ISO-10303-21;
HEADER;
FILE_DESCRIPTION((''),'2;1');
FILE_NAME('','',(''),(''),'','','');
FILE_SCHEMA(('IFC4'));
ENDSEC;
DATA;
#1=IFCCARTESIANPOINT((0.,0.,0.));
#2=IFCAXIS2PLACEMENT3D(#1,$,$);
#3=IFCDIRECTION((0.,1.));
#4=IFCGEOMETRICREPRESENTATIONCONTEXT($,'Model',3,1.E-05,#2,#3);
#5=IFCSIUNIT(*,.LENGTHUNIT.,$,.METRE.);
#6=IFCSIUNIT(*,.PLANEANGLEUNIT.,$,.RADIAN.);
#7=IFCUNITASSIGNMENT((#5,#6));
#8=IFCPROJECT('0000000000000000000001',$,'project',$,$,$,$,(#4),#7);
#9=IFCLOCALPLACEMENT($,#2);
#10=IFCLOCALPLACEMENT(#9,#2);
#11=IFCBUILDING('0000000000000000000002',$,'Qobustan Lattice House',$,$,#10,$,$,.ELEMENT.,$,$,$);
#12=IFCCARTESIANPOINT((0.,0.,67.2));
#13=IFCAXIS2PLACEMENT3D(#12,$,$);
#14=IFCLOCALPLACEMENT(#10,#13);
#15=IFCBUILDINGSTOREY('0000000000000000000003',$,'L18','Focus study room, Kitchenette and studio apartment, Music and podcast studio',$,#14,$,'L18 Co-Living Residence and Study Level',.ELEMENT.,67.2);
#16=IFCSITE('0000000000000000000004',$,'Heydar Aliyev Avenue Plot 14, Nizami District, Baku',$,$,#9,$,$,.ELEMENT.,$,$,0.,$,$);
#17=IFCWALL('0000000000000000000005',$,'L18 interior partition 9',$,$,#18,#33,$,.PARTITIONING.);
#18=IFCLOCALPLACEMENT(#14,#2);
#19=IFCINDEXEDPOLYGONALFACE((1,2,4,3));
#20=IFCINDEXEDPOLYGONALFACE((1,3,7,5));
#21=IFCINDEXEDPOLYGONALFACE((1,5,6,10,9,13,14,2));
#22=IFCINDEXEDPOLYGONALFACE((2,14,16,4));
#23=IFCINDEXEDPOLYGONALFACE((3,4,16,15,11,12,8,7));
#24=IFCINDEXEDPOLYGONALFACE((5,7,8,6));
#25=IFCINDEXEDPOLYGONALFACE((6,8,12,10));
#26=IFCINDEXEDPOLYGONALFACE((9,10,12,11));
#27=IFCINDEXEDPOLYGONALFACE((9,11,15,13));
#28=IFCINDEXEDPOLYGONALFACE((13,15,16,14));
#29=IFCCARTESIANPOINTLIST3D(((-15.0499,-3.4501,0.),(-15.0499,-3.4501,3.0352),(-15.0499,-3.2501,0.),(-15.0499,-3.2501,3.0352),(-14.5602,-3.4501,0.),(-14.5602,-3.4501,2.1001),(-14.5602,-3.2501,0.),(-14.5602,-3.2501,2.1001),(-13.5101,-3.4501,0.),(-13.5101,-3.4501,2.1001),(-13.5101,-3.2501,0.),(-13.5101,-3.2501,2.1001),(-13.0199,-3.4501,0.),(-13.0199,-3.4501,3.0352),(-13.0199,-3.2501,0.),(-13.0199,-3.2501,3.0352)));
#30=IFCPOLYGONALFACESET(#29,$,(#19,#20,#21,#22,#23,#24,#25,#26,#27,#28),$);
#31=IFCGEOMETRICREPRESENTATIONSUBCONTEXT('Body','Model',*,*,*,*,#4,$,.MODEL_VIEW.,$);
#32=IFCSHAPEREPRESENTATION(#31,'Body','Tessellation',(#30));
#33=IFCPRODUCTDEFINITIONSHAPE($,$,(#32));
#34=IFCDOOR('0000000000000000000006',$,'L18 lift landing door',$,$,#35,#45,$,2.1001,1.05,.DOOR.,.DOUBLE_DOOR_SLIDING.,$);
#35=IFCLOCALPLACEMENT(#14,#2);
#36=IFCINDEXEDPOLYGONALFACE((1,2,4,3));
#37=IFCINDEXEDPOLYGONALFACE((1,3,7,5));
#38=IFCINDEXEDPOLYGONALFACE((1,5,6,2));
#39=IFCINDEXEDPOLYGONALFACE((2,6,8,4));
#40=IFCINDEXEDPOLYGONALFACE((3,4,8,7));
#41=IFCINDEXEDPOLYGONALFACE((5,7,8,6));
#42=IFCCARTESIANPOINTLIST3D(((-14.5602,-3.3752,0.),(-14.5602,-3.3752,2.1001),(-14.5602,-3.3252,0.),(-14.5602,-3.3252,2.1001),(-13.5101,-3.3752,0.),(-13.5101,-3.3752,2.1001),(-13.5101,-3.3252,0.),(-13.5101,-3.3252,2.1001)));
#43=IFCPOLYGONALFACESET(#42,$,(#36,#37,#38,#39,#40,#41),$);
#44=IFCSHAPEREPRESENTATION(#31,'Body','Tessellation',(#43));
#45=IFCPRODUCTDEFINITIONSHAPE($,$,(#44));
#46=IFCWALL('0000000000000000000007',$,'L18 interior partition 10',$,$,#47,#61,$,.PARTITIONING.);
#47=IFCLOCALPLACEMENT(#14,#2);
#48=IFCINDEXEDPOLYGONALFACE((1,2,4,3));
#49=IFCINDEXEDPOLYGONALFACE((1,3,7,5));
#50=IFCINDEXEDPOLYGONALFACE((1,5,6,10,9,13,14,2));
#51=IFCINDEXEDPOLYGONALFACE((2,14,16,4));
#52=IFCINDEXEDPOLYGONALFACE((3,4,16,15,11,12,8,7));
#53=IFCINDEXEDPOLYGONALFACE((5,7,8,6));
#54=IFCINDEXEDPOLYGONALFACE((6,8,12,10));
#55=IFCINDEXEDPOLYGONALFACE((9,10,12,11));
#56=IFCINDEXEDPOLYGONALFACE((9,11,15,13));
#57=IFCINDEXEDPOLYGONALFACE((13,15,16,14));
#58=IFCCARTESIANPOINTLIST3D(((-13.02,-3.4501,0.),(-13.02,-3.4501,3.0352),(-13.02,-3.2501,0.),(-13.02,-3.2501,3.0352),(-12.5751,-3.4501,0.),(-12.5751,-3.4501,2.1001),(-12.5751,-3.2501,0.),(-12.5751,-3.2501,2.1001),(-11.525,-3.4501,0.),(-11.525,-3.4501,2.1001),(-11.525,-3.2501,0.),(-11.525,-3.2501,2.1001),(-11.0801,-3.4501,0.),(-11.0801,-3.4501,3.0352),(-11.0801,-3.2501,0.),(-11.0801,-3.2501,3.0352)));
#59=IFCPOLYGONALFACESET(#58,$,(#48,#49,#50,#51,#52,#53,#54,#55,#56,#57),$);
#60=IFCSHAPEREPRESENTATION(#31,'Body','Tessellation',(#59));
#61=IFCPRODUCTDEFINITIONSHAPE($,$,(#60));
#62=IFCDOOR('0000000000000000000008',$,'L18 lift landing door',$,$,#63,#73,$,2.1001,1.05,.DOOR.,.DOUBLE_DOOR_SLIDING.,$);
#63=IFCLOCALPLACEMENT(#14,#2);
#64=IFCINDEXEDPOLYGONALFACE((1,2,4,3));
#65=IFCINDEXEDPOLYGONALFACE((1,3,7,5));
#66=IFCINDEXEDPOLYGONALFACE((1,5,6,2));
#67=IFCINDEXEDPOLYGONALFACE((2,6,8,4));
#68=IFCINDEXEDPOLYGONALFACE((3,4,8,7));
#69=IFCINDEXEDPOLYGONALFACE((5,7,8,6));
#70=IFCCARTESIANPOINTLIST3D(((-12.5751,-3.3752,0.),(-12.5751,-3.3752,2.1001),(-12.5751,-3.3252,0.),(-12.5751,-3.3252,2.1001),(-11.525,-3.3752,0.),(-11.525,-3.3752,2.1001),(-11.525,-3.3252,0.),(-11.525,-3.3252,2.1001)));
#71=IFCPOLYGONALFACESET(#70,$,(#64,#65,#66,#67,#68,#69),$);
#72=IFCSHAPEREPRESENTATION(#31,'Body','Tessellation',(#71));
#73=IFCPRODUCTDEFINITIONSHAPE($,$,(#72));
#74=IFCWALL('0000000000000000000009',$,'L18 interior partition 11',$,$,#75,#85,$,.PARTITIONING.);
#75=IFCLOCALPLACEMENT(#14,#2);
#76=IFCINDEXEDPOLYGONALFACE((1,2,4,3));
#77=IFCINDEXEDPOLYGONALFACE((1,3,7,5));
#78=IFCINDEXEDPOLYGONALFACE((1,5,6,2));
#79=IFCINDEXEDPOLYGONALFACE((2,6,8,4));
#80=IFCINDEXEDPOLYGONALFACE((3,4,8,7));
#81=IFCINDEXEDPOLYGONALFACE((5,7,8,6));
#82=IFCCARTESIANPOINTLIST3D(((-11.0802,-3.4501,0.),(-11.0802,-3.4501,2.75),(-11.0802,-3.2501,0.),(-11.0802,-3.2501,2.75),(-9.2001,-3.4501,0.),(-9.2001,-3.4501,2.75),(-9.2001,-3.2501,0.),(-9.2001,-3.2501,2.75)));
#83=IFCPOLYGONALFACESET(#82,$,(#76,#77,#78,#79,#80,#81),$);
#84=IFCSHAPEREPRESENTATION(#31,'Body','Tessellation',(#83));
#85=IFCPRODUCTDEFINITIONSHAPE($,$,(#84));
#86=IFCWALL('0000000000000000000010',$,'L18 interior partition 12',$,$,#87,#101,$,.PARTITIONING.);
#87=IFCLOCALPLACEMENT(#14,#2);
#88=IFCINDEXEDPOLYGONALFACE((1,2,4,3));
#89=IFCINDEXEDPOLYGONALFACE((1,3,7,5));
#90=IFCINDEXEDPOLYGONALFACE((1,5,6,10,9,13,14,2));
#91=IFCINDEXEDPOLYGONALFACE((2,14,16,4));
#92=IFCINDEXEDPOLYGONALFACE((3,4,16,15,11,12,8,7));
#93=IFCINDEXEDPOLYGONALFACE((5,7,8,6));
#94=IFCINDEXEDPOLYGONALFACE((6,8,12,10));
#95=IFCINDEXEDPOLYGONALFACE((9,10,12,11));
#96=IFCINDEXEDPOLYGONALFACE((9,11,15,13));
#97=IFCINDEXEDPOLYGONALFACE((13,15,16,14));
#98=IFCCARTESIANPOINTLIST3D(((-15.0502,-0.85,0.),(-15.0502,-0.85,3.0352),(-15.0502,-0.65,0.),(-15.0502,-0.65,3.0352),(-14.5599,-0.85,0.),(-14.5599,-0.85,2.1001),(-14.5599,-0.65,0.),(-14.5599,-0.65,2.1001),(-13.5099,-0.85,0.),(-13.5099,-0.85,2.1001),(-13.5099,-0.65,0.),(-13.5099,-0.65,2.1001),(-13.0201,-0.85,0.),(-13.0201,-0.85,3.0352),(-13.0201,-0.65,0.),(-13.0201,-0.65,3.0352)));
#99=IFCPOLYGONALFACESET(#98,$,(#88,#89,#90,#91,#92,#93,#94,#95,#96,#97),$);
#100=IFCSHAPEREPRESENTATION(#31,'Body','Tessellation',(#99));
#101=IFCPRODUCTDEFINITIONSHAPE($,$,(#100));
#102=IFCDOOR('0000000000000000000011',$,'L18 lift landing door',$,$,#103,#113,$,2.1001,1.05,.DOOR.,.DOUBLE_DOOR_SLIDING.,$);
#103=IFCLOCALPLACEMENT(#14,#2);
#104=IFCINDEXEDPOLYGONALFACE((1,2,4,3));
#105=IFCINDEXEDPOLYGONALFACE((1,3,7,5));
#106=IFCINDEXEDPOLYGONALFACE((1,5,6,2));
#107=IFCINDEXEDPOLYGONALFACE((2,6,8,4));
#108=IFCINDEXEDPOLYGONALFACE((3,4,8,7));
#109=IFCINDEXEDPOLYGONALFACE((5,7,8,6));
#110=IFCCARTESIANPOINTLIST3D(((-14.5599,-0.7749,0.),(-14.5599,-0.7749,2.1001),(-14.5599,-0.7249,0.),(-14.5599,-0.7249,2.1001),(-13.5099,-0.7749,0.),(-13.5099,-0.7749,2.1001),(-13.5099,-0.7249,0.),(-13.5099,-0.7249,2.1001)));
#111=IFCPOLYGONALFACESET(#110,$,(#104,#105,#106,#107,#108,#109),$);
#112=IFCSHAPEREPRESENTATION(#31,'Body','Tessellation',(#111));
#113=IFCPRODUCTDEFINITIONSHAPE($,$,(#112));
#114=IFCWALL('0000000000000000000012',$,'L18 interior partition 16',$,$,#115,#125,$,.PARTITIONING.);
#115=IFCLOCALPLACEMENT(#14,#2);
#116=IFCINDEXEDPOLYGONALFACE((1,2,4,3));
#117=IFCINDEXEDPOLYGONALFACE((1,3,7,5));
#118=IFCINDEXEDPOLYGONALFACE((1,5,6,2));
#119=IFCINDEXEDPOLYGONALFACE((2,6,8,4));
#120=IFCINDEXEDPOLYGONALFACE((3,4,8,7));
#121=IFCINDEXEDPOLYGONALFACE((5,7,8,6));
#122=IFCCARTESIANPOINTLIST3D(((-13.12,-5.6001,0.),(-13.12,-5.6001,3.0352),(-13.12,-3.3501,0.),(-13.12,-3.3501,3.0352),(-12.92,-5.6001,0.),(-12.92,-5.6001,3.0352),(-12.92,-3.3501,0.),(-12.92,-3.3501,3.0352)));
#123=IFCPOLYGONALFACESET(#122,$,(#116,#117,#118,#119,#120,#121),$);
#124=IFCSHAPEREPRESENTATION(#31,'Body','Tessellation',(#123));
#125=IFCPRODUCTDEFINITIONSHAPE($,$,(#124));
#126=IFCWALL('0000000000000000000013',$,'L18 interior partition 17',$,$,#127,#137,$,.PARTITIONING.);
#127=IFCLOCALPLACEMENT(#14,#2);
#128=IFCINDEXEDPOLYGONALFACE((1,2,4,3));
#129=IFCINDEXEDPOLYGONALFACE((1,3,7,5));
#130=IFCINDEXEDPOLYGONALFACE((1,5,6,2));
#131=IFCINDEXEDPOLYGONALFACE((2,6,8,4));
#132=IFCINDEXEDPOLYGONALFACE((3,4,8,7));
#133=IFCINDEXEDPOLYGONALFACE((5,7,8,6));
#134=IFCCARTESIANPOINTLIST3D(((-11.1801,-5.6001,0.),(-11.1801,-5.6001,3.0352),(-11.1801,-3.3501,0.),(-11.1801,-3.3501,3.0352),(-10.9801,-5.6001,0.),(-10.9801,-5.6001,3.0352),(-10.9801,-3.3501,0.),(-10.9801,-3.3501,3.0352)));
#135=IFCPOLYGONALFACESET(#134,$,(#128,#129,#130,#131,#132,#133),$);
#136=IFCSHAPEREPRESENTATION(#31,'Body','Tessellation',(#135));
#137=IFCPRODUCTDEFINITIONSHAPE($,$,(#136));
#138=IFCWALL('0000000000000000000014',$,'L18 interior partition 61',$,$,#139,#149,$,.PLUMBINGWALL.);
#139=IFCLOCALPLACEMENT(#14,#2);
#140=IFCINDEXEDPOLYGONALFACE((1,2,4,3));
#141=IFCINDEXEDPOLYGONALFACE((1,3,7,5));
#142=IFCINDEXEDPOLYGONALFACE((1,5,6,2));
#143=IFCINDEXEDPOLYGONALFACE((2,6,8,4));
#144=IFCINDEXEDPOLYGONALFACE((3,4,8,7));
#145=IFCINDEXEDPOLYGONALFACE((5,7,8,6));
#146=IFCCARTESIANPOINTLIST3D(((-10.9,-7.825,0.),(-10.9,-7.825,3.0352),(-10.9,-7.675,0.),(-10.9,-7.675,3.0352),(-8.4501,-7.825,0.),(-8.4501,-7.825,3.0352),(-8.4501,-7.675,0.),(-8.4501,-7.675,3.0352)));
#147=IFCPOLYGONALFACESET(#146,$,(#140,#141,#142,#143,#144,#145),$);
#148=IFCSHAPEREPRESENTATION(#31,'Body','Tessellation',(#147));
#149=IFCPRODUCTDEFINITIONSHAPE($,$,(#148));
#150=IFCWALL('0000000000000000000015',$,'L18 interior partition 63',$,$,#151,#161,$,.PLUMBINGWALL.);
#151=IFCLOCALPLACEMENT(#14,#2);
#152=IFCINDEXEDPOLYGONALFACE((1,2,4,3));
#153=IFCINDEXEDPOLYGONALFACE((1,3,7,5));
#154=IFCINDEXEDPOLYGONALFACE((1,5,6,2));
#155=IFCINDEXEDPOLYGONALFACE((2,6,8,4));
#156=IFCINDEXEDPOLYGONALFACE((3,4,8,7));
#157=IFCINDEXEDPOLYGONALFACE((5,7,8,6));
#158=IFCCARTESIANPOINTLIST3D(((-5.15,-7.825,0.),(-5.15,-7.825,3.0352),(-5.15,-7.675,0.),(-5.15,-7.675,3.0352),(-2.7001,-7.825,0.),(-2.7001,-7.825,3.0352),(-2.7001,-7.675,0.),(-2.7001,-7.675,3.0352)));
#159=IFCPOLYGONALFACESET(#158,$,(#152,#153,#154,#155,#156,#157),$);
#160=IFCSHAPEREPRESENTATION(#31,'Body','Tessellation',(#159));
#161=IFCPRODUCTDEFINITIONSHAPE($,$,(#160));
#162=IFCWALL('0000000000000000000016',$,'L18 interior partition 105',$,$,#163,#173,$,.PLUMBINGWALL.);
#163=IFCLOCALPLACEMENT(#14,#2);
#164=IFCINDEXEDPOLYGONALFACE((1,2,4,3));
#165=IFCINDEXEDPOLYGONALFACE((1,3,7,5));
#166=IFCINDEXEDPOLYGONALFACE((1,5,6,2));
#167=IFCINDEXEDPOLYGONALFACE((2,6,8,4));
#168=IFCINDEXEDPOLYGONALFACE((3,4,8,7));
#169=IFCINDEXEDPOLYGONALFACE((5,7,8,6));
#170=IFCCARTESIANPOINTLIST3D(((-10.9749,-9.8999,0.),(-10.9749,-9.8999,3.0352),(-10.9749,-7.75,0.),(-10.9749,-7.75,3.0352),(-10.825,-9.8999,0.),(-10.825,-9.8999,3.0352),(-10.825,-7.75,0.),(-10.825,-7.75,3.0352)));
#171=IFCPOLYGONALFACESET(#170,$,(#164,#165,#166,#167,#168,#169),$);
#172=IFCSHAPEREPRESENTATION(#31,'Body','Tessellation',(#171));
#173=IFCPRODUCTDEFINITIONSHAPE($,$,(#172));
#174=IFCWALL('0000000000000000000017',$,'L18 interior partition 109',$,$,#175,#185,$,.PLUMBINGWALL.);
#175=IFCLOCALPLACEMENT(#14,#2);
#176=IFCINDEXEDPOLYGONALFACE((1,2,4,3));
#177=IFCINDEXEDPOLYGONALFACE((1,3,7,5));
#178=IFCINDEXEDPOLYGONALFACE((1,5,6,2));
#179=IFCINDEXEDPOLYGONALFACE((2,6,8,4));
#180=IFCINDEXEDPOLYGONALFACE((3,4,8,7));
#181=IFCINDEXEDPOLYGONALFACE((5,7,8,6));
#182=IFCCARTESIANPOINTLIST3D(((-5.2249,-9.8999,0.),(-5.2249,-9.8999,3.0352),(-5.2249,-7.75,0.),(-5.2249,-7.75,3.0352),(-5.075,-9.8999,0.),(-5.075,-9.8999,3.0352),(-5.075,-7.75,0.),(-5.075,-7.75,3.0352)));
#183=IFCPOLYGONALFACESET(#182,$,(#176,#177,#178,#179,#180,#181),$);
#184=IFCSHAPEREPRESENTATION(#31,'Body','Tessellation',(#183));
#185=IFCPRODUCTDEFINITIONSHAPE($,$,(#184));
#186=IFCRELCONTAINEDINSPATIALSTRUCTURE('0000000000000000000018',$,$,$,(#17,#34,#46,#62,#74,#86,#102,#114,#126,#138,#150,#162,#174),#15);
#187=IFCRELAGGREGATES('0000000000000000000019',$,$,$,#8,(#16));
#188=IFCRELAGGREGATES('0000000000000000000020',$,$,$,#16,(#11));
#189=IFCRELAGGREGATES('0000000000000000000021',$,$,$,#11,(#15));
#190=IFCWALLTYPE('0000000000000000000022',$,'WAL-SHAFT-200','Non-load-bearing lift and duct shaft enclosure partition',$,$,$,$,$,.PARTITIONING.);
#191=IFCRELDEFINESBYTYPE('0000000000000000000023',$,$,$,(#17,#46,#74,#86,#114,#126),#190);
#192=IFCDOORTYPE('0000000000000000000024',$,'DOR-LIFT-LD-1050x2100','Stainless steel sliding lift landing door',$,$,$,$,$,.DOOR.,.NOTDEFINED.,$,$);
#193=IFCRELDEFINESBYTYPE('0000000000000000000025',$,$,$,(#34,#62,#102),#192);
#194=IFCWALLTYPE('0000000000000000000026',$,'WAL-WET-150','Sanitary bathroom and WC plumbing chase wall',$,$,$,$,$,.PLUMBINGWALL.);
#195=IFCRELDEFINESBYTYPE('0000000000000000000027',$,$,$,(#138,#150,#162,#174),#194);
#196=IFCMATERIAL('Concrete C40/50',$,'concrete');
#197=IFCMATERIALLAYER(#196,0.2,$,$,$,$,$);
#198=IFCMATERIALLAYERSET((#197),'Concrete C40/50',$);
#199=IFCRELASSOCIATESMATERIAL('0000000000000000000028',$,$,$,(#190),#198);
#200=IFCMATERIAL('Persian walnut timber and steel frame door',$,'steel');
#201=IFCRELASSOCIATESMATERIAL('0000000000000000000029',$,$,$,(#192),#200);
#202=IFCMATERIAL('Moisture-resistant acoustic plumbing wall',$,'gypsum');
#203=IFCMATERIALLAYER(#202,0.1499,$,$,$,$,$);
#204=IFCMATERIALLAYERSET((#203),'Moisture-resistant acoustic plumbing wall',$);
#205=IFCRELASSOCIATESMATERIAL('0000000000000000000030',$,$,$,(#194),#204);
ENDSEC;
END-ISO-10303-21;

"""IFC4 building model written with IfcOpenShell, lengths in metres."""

from ifc_helpers import new_model, si_unit, direction, frame, frame_2d, origin, place, context, subcontext, project, spatial, rectangle, extrude, material, layer, layer_set, type_object, element, fill, save


model = new_model("IFC4")

# Units and contexts
model_context = context("Model", 3, precision=1e-05, world=origin(), true_north=direction((0.0, 1.0)))
body_context = subcontext(model_context, "Body", "Model", "MODEL_VIEW")
ifc_project = project(units=[si_unit("LENGTHUNIT", "METRE"), si_unit("PLANEANGLEUNIT", "RADIAN")], contexts=[model_context])

# Site, building, storey
site_placement = place(None, origin())
site = spatial("IfcSite", under=ifc_project, at=site_placement, Name="Heydar Aliyev Avenue Plot 14, Nizami District, Baku", CompositionType="ELEMENT", RefElevation=0.0)
building_placement = place(site_placement, origin())
building = spatial("IfcBuilding", under=site, at=building_placement, Name="Qobustan Lattice House", CompositionType="ELEMENT")
storey_placement = place(building_placement, frame((0.0, 0.0, 67.2)))
storey = spatial("IfcBuildingStorey", under=building, at=storey_placement, Name="L18", Description="Focus study room, Kitchenette and studio apartment, Music and podcast studio", LongName="L18 Co-Living Residence and Study Level", CompositionType="ELEMENT", Elevation=67.2)

# Shared definitions
ifc_material_1 = material(Name="Concrete C40/50", Category="concrete")
ifc_layer_1 = layer(ifc_material_1, 0.2)
ifc_layer_set_1 = layer_set([ifc_layer_1], Name="Concrete C40/50")
wall_type_1 = type_object("IfcWallType", Name="WAL-SHAFT-200", Description="Non-load-bearing lift and duct shaft enclosure partition", PredefinedType="PARTITIONING", material=ifc_layer_set_1)

# Walls, openings, doors
wall_1_placement = place(storey_placement, frame((-15.05, -3.3501, 0.0), z_axis=(0.0, 0.0, 1.0), x_axis=(1.0, 0.0, 0.0)))
wall_1 = element("IfcWall", 1, at=wall_1_placement, inside=storey, type_object=wall_type_1, Name="L18 interior partition 9", PredefinedType="PARTITIONING", context=body_context, shape_type="SweptSolid", body=[
    extrude(rectangle(XDim=2.03, YDim=0.2, at=frame_2d((1.0151, 0.0))), origin(), (0.0, 0.0, 1.0), 3.0352),
])
opening_1_placement = place(wall_1_placement, frame((0.49, 0.0, 0.0)))
opening_1 = element("IfcOpeningElement", 2, at=opening_1_placement, cuts=wall_1, PredefinedType="OPENING", context=body_context, shape_type="SweptSolid", body=[
    extrude(rectangle(XDim=1.05, YDim=2.1001, at=frame_2d((0.5249, 1.05))), frame((0.0, 0.1099, 0.0), z_axis=(0.0, -1.0, 0.0), x_axis=(1.0, 0.0, 0.0)), (0.0, 0.0, 1.0), 0.22),
])
ifc_material_2 = material(Name="Persian walnut timber and steel frame door", Category="steel")
door_type_1 = type_object("IfcDoorType", Name="DOR-LIFT-LD-1050x2100", Description="Stainless steel sliding lift landing door", OperationType="NOTDEFINED", PredefinedType="DOOR", material=ifc_material_2)
door_1_placement = place(opening_1_placement, origin())
door_1 = element("IfcDoor", 3, at=door_1_placement, inside=storey, type_object=door_type_1, Name="L18 lift landing door", OperationType="DOUBLE_DOOR_SLIDING", OverallHeight=2.1001, OverallWidth=1.05, PredefinedType="DOOR", context=body_context, shape_type="SweptSolid", body=[
    extrude(rectangle(XDim=1.05, YDim=2.1001, at=frame_2d((0.5249, 1.05))), frame((0.0, 0.0249, 0.0), z_axis=(0.0, -1.0, 0.0), x_axis=(1.0, 0.0, 0.0)), (0.0, 0.0, 1.0), 0.05),
])
fill(opening_1, door_1)
wall_2_placement = place(storey_placement, frame((-13.02, -3.3501, 0.0), z_axis=(0.0, 0.0, 1.0), x_axis=(1.0, 0.0, 0.0)))
wall_2 = element("IfcWall", 4, at=wall_2_placement, inside=storey, type_object=wall_type_1, Name="L18 interior partition 10", PredefinedType="PARTITIONING", context=body_context, shape_type="SweptSolid", body=[
    extrude(rectangle(XDim=1.9399, YDim=0.2, at=frame_2d((0.97, 0.0))), origin(), (0.0, 0.0, 1.0), 3.0352),
])
opening_2_placement = place(wall_2_placement, frame((0.4451, 0.0, 0.0)))
opening_2 = element("IfcOpeningElement", 5, at=opening_2_placement, cuts=wall_2, PredefinedType="OPENING", context=body_context, shape_type="SweptSolid", body=[
    extrude(rectangle(XDim=1.05, YDim=2.1001, at=frame_2d((0.5249, 1.05))), frame((0.0, 0.1099, 0.0), z_axis=(0.0, -1.0, 0.0), x_axis=(1.0, 0.0, 0.0)), (0.0, 0.0, 1.0), 0.22),
])
door_2_placement = place(opening_2_placement, origin())
door_2 = element("IfcDoor", 6, at=door_2_placement, inside=storey, type_object=door_type_1, Name="L18 lift landing door", OperationType="DOUBLE_DOOR_SLIDING", OverallHeight=2.1001, OverallWidth=1.05, PredefinedType="DOOR", context=body_context, shape_type="SweptSolid", body=[
    extrude(rectangle(XDim=1.05, YDim=2.1001, at=frame_2d((0.5249, 1.05))), frame((0.0, 0.0249, 0.0), z_axis=(0.0, -1.0, 0.0), x_axis=(1.0, 0.0, 0.0)), (0.0, 0.0, 1.0), 0.05),
])
fill(opening_2, door_2)

# Wall
wall_3_placement = place(storey_placement, frame((-11.0801, -3.3501, 0.0), z_axis=(0.0, 0.0, 1.0), x_axis=(1.0, 0.0, 0.0)))
element("IfcWall", 7, at=wall_3_placement, inside=storey, type_object=wall_type_1, Name="L18 interior partition 11", PredefinedType="PARTITIONING", context=body_context, shape_type="SweptSolid", body=[
    extrude(rectangle(XDim=1.8801, YDim=0.2, at=frame_2d((0.9399, 0.0))), origin(), (0.0, 0.0, 1.0), 2.75),
])

# Wall, opening, door
wall_4_placement = place(storey_placement, frame((-13.02, -0.75, 0.0), z_axis=(0.0, 0.0, 1.0), x_axis=(-1.0, 0.0, 0.0)))
wall_4 = element("IfcWall", 8, at=wall_4_placement, inside=storey, type_object=wall_type_1, Name="L18 interior partition 12", PredefinedType="PARTITIONING", context=body_context, shape_type="SweptSolid", body=[
    extrude(rectangle(XDim=2.03, YDim=0.2, at=frame_2d((1.0151, 0.0))), origin(), (0.0, 0.0, 1.0), 3.0352),
])
opening_3_placement = place(wall_4_placement, frame((0.49, 0.0, 0.0)))
opening_3 = element("IfcOpeningElement", 9, at=opening_3_placement, cuts=wall_4, PredefinedType="OPENING", context=body_context, shape_type="SweptSolid", body=[
    extrude(rectangle(XDim=1.05, YDim=2.1001, at=frame_2d((0.5249, 1.05))), frame((0.0, 0.1099, 0.0), z_axis=(0.0, -1.0, 0.0), x_axis=(1.0, 0.0, 0.0)), (0.0, 0.0, 1.0), 0.22),
])
door_3_placement = place(opening_3_placement, origin())
door_3 = element("IfcDoor", 10, at=door_3_placement, inside=storey, type_object=door_type_1, Name="L18 lift landing door", OperationType="DOUBLE_DOOR_SLIDING", OverallHeight=2.1001, OverallWidth=1.05, PredefinedType="DOOR", context=body_context, shape_type="SweptSolid", body=[
    extrude(rectangle(XDim=1.05, YDim=2.1001, at=frame_2d((0.5249, 1.05))), frame((0.0, 0.0249, 0.0), z_axis=(0.0, -1.0, 0.0), x_axis=(1.0, 0.0, 0.0)), (0.0, 0.0, 1.0), 0.05),
])
fill(opening_3, door_3)

# Walls
for number, where, z_axis, x_axis, name in (
    (11, (-13.02, -5.6001, 0.0), (0.0, 0.0, 1.0), (0.0, 1.0, 0.0), "L18 interior partition 16"),
    (12, (-11.0801, -5.6001, 0.0), (0.0, 0.0, 1.0), (0.0, 1.0, 0.0), "L18 interior partition 17"),
):
    element("IfcWall", number, at=place(storey_placement, frame(where, z_axis=z_axis, x_axis=x_axis)), inside=storey, type_object=wall_type_1, Name=name, PredefinedType="PARTITIONING", context=body_context, shape_type="SweptSolid", body=[
        extrude(rectangle(XDim=2.25, YDim=0.2, at=frame_2d((1.125, 0.0))), origin(), (0.0, 0.0, 1.0), 3.0352),
    ])
ifc_material_3 = material(Name="Moisture-resistant acoustic plumbing wall", Category="gypsum")
ifc_layer_2 = layer(ifc_material_3, 0.1499)
ifc_layer_set_2 = layer_set([ifc_layer_2], Name="Moisture-resistant acoustic plumbing wall")
wall_type_2 = type_object("IfcWallType", Name="WAL-WET-150", Description="Sanitary bathroom and WC plumbing chase wall", PredefinedType="PLUMBINGWALL", material=ifc_layer_set_2)
for number, where, z_axis, x_axis, name in (
    (13, (-8.45, -7.75, 0.0), (0.0, 0.0, 1.0), (-1.0, 0.0, 0.0), "L18 interior partition 61"),
    (14, (-2.7, -7.75, 0.0), (0.0, 0.0, 1.0), (-1.0, 0.0, 0.0), "L18 interior partition 63"),
):
    element("IfcWall", number, at=place(storey_placement, frame(where, z_axis=z_axis, x_axis=x_axis)), inside=storey, type_object=wall_type_2, Name=name, PredefinedType="PLUMBINGWALL", context=body_context, shape_type="SweptSolid", body=[
        extrude(rectangle(XDim=2.45, YDim=0.1499, at=frame_2d((1.2251, 0.0))), origin(), (0.0, 0.0, 1.0), 3.0352),
    ])
for number, where, z_axis, x_axis, name in (
    (15, (-10.8999, -7.75, 0.0), (0.0, 0.0, 1.0), (0.0, -1.0, 0.0), "L18 interior partition 105"),
    (16, (-5.1499, -7.75, 0.0), (0.0, 0.0, 1.0), (0.0, -1.0, 0.0), "L18 interior partition 109"),
):
    element("IfcWall", number, at=place(storey_placement, frame(where, z_axis=z_axis, x_axis=x_axis)), inside=storey, type_object=wall_type_2, Name=name, PredefinedType="PLUMBINGWALL", context=body_context, shape_type="SweptSolid", body=[
        extrude(rectangle(XDim=2.1499, YDim=0.1499, at=frame_2d((1.075, 0.0))), origin(), (0.0, 0.0, 1.0), 3.0352),
    ])

save(model, "model.ifc")
